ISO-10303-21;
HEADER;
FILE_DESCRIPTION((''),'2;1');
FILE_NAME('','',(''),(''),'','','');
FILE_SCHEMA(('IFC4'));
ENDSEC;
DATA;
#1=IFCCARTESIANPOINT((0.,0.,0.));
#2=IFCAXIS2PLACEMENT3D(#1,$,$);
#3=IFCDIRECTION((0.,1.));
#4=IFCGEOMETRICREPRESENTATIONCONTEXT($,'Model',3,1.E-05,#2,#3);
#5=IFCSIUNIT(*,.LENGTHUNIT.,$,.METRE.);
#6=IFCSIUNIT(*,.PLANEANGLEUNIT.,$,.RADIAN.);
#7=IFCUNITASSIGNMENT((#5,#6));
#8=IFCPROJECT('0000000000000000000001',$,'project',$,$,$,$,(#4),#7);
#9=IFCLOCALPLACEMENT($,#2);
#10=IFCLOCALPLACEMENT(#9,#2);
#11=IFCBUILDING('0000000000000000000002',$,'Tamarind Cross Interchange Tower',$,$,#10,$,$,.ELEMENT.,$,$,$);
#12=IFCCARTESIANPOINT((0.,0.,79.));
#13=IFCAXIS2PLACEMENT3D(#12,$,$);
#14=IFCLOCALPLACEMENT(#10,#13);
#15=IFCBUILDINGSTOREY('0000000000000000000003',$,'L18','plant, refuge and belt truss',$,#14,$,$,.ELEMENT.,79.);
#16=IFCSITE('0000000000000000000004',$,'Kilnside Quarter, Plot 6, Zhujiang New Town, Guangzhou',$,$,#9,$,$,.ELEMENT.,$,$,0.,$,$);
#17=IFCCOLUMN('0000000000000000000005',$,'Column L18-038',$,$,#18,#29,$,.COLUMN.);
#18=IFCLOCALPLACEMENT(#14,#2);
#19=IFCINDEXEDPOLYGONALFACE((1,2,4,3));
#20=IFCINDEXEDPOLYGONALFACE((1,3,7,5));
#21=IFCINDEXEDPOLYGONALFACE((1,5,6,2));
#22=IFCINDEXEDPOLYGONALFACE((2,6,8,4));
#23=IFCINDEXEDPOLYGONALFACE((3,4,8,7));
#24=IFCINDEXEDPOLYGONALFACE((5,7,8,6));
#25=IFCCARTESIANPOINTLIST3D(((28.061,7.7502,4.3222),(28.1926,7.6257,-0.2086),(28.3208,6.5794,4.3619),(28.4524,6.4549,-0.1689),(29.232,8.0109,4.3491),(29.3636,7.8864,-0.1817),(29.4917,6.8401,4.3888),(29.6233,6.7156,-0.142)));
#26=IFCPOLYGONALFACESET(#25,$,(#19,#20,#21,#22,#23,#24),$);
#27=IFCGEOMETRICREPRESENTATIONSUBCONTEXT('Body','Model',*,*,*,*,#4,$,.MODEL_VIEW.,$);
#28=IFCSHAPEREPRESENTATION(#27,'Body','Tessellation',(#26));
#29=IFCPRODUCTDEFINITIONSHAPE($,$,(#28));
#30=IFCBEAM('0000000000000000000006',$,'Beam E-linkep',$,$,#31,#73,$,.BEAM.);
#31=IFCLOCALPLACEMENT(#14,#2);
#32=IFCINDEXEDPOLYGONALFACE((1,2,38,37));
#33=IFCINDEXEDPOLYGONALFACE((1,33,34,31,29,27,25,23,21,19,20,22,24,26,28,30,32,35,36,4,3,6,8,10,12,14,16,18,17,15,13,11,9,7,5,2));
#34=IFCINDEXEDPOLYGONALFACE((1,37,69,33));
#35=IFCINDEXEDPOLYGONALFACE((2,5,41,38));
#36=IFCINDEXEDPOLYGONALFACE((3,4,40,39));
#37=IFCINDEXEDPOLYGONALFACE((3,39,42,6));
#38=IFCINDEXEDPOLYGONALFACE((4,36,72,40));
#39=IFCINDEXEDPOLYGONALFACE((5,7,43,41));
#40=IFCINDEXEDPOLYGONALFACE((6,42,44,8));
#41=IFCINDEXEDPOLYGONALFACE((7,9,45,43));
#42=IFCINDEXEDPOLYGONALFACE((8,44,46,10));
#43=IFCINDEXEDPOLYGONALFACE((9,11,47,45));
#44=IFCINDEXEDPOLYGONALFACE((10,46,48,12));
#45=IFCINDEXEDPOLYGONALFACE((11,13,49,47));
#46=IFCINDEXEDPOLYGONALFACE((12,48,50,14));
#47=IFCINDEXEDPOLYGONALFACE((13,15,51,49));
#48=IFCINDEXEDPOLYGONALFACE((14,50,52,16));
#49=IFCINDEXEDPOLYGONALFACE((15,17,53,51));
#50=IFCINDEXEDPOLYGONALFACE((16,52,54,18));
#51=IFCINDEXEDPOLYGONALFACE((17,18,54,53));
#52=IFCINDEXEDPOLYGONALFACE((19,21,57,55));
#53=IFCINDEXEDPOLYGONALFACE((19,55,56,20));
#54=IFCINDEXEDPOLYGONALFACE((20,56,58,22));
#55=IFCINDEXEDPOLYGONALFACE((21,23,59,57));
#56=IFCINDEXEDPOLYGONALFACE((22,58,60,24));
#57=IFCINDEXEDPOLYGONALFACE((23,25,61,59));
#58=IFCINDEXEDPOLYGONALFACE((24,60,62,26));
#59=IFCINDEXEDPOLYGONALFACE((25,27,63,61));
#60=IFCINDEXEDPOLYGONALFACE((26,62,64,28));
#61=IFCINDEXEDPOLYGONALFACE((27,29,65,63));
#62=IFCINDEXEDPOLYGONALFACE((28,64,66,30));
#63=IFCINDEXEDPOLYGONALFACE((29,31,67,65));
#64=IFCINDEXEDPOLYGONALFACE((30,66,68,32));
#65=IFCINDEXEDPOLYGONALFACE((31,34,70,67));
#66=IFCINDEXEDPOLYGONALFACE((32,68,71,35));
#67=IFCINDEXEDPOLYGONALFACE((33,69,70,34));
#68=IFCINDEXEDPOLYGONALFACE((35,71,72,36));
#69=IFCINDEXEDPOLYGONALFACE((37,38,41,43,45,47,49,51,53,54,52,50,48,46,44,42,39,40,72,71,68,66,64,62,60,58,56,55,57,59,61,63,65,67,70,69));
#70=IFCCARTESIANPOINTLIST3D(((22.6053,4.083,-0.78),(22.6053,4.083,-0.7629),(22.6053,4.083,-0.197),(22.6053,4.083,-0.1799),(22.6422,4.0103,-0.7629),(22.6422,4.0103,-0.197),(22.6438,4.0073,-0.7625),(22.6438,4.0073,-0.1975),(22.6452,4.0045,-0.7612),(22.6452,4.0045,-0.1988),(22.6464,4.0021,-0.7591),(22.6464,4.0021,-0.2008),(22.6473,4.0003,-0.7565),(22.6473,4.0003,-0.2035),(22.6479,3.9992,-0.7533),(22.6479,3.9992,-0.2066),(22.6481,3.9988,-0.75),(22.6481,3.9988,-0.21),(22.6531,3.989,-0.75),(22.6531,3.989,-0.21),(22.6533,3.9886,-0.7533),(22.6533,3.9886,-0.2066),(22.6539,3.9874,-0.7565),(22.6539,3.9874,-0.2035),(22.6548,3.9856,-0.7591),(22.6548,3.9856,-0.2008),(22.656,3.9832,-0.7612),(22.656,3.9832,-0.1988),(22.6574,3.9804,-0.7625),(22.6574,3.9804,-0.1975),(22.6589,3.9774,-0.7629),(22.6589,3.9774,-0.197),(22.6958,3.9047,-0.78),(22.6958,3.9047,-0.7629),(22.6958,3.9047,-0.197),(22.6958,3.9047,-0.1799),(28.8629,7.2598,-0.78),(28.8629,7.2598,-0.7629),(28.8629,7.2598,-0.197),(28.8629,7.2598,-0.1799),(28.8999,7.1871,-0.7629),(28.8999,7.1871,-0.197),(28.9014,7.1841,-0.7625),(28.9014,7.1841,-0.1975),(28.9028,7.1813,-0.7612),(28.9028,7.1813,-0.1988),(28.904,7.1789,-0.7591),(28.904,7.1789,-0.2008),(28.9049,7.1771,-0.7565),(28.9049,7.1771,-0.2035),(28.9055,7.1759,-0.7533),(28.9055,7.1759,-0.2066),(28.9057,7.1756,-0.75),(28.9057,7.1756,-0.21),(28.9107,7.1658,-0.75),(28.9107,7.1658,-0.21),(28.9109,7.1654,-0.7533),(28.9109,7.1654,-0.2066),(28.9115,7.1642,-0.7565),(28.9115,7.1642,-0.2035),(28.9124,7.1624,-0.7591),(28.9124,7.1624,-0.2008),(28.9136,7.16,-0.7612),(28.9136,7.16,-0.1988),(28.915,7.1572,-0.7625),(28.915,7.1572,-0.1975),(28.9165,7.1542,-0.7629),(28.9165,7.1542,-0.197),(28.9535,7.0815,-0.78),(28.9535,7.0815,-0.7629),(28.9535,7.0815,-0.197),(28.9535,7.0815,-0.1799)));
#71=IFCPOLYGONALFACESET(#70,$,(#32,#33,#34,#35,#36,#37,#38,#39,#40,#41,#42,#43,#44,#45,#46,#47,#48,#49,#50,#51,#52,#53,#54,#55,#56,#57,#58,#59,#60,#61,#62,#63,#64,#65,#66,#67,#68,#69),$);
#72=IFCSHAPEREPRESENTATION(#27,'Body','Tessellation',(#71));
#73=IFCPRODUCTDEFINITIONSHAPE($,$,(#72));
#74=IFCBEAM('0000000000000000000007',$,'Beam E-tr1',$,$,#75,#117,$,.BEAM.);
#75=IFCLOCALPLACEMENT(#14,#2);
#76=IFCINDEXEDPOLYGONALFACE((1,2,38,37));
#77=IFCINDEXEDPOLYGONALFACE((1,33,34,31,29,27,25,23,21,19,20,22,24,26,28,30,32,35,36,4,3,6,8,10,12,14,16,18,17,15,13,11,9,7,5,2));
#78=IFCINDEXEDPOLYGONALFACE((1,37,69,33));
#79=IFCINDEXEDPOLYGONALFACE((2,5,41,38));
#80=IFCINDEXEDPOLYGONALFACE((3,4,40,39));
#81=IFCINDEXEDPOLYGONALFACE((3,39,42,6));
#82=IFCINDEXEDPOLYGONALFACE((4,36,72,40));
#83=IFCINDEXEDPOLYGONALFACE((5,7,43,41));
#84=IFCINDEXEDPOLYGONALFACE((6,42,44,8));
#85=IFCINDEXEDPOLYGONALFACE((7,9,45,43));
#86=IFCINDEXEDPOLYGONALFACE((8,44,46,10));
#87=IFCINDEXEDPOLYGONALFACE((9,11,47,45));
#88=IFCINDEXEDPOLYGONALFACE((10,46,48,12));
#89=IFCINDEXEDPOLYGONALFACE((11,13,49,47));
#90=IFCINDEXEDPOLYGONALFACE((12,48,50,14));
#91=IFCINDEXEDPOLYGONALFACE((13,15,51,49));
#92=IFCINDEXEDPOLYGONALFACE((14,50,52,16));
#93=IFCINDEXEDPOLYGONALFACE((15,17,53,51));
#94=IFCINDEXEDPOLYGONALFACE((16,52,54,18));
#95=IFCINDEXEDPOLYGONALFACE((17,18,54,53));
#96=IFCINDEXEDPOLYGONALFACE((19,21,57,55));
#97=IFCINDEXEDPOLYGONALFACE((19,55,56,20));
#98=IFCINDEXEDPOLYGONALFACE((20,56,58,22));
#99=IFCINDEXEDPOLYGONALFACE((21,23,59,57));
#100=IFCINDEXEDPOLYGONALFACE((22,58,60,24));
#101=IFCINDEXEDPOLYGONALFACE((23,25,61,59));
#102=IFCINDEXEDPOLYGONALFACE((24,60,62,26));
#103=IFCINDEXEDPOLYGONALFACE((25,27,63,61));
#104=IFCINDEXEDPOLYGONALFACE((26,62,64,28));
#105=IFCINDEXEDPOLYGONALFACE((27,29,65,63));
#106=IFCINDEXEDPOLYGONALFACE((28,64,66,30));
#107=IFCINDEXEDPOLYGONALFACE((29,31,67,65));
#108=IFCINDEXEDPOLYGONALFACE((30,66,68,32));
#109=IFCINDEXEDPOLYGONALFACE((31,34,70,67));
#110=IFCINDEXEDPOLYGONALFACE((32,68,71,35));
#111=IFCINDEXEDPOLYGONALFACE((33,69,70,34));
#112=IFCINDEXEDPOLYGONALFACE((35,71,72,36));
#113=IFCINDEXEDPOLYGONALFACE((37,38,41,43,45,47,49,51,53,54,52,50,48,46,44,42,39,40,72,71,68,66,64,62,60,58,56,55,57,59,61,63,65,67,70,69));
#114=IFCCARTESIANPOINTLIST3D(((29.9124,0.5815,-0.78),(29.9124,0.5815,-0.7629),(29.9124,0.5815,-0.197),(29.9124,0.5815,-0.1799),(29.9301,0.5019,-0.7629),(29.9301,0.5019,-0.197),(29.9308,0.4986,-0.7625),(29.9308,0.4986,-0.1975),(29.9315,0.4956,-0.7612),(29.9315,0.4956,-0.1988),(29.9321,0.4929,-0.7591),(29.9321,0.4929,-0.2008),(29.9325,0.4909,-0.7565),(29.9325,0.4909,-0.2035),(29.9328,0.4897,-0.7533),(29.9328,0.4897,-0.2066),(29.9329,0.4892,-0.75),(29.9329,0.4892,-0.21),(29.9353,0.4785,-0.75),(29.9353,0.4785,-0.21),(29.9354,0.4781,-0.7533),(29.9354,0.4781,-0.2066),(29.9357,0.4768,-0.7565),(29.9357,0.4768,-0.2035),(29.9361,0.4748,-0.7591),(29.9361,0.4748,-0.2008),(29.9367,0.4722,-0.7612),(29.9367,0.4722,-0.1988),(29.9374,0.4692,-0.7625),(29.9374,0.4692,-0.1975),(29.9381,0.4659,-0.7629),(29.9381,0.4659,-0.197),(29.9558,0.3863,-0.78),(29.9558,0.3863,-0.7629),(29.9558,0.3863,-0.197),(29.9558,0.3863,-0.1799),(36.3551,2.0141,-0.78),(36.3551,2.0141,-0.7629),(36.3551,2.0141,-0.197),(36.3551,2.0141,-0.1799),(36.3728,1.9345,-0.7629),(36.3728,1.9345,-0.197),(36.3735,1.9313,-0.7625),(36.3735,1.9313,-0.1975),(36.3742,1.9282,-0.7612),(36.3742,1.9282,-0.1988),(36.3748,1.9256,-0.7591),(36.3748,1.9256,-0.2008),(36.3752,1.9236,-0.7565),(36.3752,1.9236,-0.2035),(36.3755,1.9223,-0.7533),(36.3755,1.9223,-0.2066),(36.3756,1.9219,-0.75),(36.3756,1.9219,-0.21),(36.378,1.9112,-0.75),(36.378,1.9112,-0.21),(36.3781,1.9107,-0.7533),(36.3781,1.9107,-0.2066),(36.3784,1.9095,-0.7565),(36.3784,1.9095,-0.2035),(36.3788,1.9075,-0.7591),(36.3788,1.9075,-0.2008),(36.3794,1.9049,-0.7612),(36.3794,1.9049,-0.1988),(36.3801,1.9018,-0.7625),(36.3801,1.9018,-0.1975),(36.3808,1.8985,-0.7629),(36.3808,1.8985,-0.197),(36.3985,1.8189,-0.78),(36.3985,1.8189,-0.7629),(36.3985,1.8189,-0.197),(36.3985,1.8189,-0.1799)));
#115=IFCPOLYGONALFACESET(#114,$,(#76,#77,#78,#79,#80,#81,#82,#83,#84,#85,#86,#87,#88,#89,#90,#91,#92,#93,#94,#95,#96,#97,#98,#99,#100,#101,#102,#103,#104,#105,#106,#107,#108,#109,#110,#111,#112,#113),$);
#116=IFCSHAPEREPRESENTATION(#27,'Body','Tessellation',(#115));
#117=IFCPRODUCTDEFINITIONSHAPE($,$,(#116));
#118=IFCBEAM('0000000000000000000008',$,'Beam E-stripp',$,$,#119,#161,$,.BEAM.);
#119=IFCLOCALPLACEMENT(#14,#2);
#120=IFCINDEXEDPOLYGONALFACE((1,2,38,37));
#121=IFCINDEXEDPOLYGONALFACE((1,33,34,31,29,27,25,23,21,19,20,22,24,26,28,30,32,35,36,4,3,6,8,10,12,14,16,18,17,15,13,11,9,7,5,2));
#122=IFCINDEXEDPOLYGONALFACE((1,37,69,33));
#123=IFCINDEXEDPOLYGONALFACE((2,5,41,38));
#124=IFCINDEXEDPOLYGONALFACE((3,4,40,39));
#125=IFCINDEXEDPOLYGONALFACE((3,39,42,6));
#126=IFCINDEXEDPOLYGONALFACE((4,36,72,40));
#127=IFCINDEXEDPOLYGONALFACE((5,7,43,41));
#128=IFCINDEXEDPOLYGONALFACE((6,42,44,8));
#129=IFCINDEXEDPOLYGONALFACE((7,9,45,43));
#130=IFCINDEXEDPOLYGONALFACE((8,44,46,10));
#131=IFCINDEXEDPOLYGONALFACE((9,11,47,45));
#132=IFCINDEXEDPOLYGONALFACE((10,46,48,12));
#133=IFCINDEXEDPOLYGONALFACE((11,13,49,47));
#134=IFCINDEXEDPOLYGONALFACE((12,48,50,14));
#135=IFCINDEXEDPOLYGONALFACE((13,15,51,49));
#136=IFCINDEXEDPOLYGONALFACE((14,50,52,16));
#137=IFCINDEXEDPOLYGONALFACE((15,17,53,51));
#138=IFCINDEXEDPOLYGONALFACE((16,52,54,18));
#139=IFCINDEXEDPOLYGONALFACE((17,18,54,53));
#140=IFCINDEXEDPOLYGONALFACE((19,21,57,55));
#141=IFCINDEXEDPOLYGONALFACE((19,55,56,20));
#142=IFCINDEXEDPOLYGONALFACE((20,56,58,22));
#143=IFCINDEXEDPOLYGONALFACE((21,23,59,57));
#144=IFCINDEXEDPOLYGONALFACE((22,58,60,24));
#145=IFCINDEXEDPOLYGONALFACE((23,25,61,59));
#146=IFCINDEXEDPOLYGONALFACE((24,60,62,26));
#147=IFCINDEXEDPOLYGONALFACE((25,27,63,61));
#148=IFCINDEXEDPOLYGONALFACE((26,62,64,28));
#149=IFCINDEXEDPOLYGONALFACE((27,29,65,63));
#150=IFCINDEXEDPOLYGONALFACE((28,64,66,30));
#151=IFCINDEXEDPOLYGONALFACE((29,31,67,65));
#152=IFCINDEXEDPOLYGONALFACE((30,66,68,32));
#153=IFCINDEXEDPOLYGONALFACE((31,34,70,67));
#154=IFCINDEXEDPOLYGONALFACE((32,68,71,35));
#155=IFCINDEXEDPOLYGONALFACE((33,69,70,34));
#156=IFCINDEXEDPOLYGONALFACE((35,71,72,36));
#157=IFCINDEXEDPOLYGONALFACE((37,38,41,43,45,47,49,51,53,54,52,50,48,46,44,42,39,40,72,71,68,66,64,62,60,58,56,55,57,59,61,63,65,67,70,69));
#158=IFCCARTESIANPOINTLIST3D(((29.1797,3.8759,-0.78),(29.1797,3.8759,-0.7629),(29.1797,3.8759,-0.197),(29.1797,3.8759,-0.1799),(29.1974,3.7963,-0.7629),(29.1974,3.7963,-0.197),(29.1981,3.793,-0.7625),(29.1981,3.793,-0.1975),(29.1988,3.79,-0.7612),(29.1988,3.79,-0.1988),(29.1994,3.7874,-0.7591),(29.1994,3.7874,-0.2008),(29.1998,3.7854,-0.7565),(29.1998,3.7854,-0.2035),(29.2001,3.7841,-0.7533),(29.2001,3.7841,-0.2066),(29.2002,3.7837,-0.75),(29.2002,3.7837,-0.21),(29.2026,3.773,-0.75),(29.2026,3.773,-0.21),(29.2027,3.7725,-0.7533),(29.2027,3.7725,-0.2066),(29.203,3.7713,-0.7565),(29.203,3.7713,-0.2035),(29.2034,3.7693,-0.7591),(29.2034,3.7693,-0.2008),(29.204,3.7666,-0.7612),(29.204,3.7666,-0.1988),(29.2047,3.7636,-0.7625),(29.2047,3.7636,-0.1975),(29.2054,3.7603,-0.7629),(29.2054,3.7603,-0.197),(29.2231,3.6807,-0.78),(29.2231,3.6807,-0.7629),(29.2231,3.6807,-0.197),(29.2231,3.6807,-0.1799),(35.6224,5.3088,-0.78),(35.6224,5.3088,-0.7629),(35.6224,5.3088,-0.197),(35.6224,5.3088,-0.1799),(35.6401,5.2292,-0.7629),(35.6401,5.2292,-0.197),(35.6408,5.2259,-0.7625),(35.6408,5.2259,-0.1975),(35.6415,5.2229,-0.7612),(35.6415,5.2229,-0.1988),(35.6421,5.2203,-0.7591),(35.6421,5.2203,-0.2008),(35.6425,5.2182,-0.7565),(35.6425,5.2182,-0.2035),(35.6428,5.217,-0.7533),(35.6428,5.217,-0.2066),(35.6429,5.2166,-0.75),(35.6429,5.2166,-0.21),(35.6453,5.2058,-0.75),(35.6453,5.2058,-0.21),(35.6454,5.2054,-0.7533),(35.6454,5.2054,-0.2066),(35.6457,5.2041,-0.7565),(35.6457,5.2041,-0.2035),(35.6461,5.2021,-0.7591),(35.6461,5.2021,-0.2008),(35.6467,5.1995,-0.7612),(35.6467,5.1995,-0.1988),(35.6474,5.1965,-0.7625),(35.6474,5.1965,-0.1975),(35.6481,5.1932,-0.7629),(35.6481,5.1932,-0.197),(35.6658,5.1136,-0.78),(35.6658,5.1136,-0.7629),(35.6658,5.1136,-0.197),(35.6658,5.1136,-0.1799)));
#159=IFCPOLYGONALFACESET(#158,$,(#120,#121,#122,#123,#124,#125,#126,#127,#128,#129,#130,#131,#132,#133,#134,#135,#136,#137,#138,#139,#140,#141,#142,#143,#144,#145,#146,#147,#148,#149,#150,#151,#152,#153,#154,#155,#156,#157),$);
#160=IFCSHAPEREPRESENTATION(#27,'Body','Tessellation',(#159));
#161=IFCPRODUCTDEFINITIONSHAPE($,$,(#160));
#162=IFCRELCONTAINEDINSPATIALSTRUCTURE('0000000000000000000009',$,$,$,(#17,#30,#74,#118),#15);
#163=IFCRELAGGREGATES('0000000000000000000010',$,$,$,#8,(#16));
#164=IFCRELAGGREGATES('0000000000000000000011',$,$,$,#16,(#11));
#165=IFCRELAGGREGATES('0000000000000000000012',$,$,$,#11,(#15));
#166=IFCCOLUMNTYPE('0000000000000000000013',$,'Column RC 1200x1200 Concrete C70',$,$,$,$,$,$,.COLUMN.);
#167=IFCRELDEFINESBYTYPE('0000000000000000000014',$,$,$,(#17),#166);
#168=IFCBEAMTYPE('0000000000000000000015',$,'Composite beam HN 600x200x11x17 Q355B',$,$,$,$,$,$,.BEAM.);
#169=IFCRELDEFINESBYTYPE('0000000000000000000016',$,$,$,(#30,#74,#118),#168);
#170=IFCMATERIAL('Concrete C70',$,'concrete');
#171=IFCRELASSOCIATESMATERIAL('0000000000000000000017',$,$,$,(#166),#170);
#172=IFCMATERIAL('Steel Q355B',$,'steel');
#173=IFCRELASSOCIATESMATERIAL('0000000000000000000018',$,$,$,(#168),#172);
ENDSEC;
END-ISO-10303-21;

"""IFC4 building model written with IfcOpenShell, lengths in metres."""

from ifc_helpers import new_model, si_unit, direction, frame, origin, origin_2d, place, context, subcontext, project, spatial, rectangle, i_section, extrude, material, material_profile, profile_set, type_object, element, save


model = new_model("IFC4")

# Units and contexts
model_context = context("Model", 3, precision=1e-05, world=origin(), true_north=direction((0.0, 1.0)))
body_context = subcontext(model_context, "Body", "Model", "MODEL_VIEW")
ifc_project = project(units=[si_unit("LENGTHUNIT", "METRE"), si_unit("PLANEANGLEUNIT", "RADIAN")], contexts=[model_context])

# Site, building, storey
site_placement = place(None, origin())
site = spatial("IfcSite", under=ifc_project, at=site_placement, Name="Kilnside Quarter, Plot 6, Zhujiang New Town, Guangzhou", CompositionType="ELEMENT", RefElevation=0.0)
building_placement = place(site_placement, origin())
building = spatial("IfcBuilding", under=site, at=building_placement, Name="Tamarind Cross Interchange Tower", CompositionType="ELEMENT")
storey_placement = place(building_placement, frame((0.0, 0.0, 79.0)))
storey = spatial("IfcBuildingStorey", under=building, at=storey_placement, Name="L18", Description="plant, refuge and belt truss", CompositionType="ELEMENT", Elevation=79.0)

# Column
ifc_material_1 = material(Name="Concrete C70", Category="concrete")
ifc_material_profile_1 = material_profile(ifc_material_1, rectangle(XDim=1.2, YDim=1.2, at=origin_2d()), Name="RC 1200x1200")
ifc_profile_set_1 = profile_set([ifc_material_profile_1], Name="Concrete C70")
column_type = type_object("IfcColumnType", Name="Column RC 1200x1200 Concrete C70", PredefinedType="COLUMN", material=ifc_profile_set_1)
column_placement = place(storey_placement, frame((28.908, 7.1707, -0.1753), z_axis=(-0.029021, 0.027459, 0.999202), x_axis=(0.216482, -0.975725, 0.033102)))
element("IfcColumn", 1, at=column_placement, inside=storey, type_object=column_type, Name="Column L18-038", PredefinedType="COLUMN", context=body_context, shape_type="SweptSolid", body=[
    extrude(rectangle(XDim=1.2, YDim=1.2, at=origin_2d()), origin(), (0.0, 0.0, 1.0), 4.5344),
])

# Beams
ifc_material_2 = material(Name="Steel Q355B", Category="steel")
ifc_material_profile_2 = material_profile(ifc_material_2, i_section(OverallWidth=0.2, OverallDepth=0.6001, WebThickness=0.011, FlangeThickness=0.0171, FilletRadius=0.0129, at=origin_2d()), Name="HN 600x200x11x17")
ifc_profile_set_2 = profile_set([ifc_material_profile_2], Name="Steel Q355B")
beam_type = type_object("IfcBeamType", Name="Composite beam HN 600x200x11x17 Q355B", PredefinedType="BEAM", material=ifc_profile_set_2)
beam_placement = place(storey_placement, frame((28.9082, 7.1707, -0.48), z_axis=(-0.891676, -0.452674, 0.0), x_axis=(0.452674, -0.891676, 0.0)))
element("IfcBeam", 2, at=beam_placement, inside=storey, type_object=beam_type, Name="Beam E-linkep", PredefinedType="BEAM", context=body_context, shape_type="SweptSolid", body=[
    extrude(i_section(OverallWidth=0.2, OverallDepth=0.6001, WebThickness=0.011, FlangeThickness=0.0171, FilletRadius=0.0129, at=origin_2d()), origin(), (0.0, 0.0, 1.0), 7.0178),
])
for number, where, z_axis, x_axis, name in (
    (3, (29.9341, 0.4839, -0.48), (0.976157, 0.217064, 0.0), (-0.217064, 0.976157, 0.0), "Beam E-tr1"),
    (4, (29.2014, 3.7783, -0.48), (0.97615, 0.217099, 0.0), (-0.217099, 0.97615, 0.0), "Beam E-stripp"),
):
    element("IfcBeam", number, at=place(storey_placement, frame(where, z_axis=z_axis, x_axis=x_axis)), inside=storey, type_object=beam_type, Name=name, PredefinedType="BEAM", context=body_context, shape_type="SweptSolid", body=[
        extrude(i_section(OverallWidth=0.2, OverallDepth=0.6001, WebThickness=0.011, FlangeThickness=0.0171, FilletRadius=0.0129, at=origin_2d()), origin(), (0.0, 0.0, 1.0), 6.6001),
    ])

save(model, "model.ifc")
